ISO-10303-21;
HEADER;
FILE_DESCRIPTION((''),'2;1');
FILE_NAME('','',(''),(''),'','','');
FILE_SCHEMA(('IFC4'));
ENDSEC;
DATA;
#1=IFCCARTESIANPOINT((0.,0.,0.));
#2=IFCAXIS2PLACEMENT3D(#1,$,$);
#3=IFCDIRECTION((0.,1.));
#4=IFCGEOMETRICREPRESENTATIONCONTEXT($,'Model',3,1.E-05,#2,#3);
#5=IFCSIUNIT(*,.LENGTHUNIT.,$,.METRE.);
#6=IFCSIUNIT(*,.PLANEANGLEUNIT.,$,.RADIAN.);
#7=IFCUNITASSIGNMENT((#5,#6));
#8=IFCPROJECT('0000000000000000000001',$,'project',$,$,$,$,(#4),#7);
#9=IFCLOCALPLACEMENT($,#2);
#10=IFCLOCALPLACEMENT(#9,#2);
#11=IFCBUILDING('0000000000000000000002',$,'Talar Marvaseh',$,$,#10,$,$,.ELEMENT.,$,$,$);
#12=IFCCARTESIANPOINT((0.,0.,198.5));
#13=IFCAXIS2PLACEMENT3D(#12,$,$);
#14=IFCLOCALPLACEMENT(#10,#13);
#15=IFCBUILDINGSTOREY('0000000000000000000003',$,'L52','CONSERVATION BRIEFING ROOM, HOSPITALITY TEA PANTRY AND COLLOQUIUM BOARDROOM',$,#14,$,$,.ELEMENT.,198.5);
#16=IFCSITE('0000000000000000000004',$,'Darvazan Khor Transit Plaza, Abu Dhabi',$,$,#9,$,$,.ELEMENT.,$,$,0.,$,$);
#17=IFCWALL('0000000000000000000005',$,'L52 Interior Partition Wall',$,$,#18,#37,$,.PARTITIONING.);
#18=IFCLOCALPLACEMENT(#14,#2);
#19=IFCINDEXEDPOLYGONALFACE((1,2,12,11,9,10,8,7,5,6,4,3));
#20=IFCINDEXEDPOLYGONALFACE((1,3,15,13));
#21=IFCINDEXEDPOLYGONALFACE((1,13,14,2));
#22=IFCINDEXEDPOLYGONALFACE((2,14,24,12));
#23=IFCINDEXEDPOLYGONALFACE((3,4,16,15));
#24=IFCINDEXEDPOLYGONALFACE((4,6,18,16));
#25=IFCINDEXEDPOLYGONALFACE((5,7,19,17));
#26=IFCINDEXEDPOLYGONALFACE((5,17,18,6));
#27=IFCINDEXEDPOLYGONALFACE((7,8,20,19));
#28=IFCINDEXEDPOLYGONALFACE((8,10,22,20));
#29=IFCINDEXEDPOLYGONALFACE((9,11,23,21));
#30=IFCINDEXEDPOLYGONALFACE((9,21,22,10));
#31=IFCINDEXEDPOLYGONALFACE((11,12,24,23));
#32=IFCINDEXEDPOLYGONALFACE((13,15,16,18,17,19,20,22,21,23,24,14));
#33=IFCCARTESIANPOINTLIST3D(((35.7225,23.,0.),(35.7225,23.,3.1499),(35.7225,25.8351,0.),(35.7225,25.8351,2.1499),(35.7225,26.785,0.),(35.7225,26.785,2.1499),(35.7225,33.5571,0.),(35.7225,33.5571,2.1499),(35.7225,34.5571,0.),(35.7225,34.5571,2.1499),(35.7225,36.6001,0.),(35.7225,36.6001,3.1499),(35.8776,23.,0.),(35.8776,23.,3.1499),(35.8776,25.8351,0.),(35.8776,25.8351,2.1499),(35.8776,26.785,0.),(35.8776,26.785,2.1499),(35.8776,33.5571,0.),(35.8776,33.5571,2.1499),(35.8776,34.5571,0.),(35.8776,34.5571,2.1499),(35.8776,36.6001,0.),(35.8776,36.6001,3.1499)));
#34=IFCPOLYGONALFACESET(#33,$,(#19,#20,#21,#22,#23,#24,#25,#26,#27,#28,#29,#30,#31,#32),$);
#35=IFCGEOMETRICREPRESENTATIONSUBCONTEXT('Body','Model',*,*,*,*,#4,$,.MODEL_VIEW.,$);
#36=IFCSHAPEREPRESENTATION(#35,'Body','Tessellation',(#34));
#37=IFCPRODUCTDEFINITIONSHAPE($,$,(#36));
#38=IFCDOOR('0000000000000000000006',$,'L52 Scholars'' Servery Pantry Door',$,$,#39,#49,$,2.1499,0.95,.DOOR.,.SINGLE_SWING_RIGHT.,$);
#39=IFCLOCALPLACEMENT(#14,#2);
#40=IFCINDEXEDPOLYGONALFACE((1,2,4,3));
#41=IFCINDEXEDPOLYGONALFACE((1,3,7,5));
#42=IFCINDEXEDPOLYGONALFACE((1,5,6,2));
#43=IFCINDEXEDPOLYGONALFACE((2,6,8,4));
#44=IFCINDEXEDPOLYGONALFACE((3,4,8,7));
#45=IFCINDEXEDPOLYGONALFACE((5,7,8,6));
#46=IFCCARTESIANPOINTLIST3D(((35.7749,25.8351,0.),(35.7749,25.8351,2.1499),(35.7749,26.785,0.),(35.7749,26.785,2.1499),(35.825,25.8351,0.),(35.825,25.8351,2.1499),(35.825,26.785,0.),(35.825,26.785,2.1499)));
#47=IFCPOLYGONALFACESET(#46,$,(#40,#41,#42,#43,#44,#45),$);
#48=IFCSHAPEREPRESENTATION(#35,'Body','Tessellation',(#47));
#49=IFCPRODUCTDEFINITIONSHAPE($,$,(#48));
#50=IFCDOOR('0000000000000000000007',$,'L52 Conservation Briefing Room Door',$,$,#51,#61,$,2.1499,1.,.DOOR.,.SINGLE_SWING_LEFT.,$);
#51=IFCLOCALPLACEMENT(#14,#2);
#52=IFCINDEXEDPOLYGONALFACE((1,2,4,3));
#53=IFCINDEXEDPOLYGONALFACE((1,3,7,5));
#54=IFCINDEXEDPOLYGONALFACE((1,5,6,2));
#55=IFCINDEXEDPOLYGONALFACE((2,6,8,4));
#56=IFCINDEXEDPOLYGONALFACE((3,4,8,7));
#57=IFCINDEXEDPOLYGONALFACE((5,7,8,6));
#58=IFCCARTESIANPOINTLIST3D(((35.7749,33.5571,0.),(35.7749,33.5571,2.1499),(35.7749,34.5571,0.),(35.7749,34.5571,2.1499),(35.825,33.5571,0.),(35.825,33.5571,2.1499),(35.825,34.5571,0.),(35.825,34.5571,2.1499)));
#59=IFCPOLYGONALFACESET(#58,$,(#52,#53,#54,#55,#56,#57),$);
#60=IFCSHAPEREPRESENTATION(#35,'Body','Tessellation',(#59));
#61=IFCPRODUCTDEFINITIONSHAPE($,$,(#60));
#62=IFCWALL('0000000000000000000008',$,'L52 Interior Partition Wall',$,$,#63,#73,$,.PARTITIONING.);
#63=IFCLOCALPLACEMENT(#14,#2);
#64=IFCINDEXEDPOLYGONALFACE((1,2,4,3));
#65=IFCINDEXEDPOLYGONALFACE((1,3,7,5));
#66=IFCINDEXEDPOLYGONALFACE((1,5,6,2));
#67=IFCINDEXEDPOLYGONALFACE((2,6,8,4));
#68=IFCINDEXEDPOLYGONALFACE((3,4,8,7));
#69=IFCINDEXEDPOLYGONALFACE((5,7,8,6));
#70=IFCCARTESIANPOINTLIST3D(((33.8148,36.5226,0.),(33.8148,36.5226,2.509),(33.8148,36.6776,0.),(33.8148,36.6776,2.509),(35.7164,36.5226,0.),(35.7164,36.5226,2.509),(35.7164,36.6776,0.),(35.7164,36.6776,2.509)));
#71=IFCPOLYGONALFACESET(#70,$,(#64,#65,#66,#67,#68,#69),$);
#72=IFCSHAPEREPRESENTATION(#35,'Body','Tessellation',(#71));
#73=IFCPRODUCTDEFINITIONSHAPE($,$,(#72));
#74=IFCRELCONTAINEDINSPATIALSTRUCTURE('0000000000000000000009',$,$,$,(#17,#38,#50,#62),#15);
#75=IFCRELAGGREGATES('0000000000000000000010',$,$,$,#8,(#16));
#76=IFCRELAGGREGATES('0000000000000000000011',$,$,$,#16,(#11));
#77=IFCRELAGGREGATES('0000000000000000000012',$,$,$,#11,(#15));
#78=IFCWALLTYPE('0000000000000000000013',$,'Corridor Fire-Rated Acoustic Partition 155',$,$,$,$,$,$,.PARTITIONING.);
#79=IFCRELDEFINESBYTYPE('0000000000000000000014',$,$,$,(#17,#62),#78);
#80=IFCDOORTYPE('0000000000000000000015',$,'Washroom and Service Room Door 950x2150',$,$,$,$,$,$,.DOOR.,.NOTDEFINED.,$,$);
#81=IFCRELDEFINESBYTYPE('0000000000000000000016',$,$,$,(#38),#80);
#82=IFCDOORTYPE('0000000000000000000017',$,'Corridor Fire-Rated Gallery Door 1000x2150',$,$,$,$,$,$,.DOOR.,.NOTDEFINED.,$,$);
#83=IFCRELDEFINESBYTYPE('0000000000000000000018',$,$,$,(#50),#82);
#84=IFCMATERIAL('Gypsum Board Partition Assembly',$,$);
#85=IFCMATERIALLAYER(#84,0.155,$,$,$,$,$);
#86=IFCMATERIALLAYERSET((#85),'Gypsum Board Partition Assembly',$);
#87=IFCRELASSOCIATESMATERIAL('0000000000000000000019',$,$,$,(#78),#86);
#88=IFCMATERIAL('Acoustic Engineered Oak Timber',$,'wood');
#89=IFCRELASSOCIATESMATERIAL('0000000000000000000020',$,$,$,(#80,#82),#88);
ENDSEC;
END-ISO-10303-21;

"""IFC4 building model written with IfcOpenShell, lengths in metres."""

from ifc_helpers import new_model, si_unit, direction, frame, frame_2d, origin, place, context, subcontext, project, spatial, rectangle, extrude, source, transform, mapped, material, layer, layer_set, type_object, type_shapes, element, fill, save


model = new_model("IFC4")

# Units and contexts
model_context = context("Model", 3, precision=1e-05, world=origin(), true_north=direction((0.0, 1.0)))
body_context = subcontext(model_context, "Body", "Model", "MODEL_VIEW")
ifc_project = project(units=[si_unit("LENGTHUNIT", "METRE"), si_unit("PLANEANGLEUNIT", "RADIAN")], contexts=[model_context])

# Site, building, storey
site_placement = place(None, origin())
site = spatial("IfcSite", under=ifc_project, at=site_placement, Name="Darvazan Khor Transit Plaza, Abu Dhabi", CompositionType="ELEMENT", RefElevation=0.0)
building_placement = place(site_placement, origin())
building = spatial("IfcBuilding", under=site, at=building_placement, Name="Talar Marvaseh", CompositionType="ELEMENT")
storey_placement = place(building_placement, frame((0.0, 0.0, 198.5)))
storey = spatial("IfcBuildingStorey", under=building, at=storey_placement, Name="L52", Description="CONSERVATION BRIEFING ROOM, HOSPITALITY TEA PANTRY AND COLLOQUIUM BOARDROOM", CompositionType="ELEMENT", Elevation=198.5)

# Wall, openings, doors
ifc_material_1 = material(Name="Gypsum Board Partition Assembly")
ifc_layer_1 = layer(ifc_material_1, 0.155)
ifc_layer_set_1 = layer_set([ifc_layer_1], Name="Gypsum Board Partition Assembly")
wall_type_1 = type_object("IfcWallType", Name="Corridor Fire-Rated Acoustic Partition 155", PredefinedType="PARTITIONING", material=ifc_layer_set_1)
wall_1_placement = place(storey_placement, frame((35.8, 36.6001, 0.0), z_axis=(0.0, 0.0, 1.0), x_axis=(0.0, -1.0, 0.0)))
wall_1 = element("IfcWall", 1, at=wall_1_placement, inside=storey, type_object=wall_type_1, Name="L52 Interior Partition Wall", PredefinedType="PARTITIONING", context=body_context, shape_type="SweptSolid", body=[
    extrude(rectangle(XDim=13.6001, YDim=0.155, at=frame_2d((6.8, 0.0))), origin(), (0.0, 0.0, 1.0), 3.1499),
])
opening_1_placement = place(wall_1_placement, frame((9.8149, 0.0, 0.0)))
opening_1 = element("IfcOpeningElement", 2, at=opening_1_placement, cuts=wall_1, PredefinedType="OPENING", context=body_context, shape_type="SweptSolid", body=[
    extrude(rectangle(XDim=0.95, YDim=2.1499, at=frame_2d((0.4751, 1.075))), frame((0.0, 0.0874, 0.0), z_axis=(0.0, -1.0, 0.0), x_axis=(1.0, 0.0, 0.0)), (0.0, 0.0, 1.0), 0.175),
])
opening_2_placement = place(wall_1_placement, frame((2.043, 0.0, 0.0)))
opening_2 = element("IfcOpeningElement", 3, at=opening_2_placement, cuts=wall_1, PredefinedType="OPENING", context=body_context, shape_type="SweptSolid", body=[
    extrude(rectangle(XDim=1.0, YDim=2.1499, at=frame_2d((0.5, 1.075))), frame((0.0, 0.0874, 0.0), z_axis=(0.0, -1.0, 0.0), x_axis=(1.0, 0.0, 0.0)), (0.0, 0.0, 1.0), 0.175),
])
ifc_material_2 = material(Name="Acoustic Engineered Oak Timber", Category="wood")
door_type_1 = type_object("IfcDoorType", Name="Washroom and Service Room Door 950x2150", OperationType="NOTDEFINED", PredefinedType="DOOR", material=ifc_material_2)
shared_shape_1 = source(origin(), body_context, "Body", "SweptSolid", [
    extrude(rectangle(XDim=0.95, YDim=2.1499, at=frame_2d((0.4751, 1.075))), frame((0.0, 0.0249, 0.0), z_axis=(0.0, -1.0, 0.0), x_axis=(1.0, 0.0, 0.0)), (0.0, 0.0, 1.0), 0.05),
])
type_shapes(door_type_1, [shared_shape_1])
door_1_placement = place(opening_1_placement, origin())
door_1 = element("IfcDoor", 4, at=door_1_placement, inside=storey, type_object=door_type_1, Name="L52 Scholars' Servery Pantry Door", OperationType="SINGLE_SWING_RIGHT", OverallHeight=2.1499, OverallWidth=0.95, PredefinedType="DOOR", context=body_context, shape_type="MappedRepresentation", body=[
    mapped(shared_shape_1, transform((0.0, 0.0, 0.0), x_axis=(1.0, 0.0, 0.0), y_axis=(0.0, 1.0, 0.0), z_axis=(0.0, 0.0, 1.0), scale=1.0)),
])
fill(opening_1, door_1)
door_type_2 = type_object("IfcDoorType", Name="Corridor Fire-Rated Gallery Door 1000x2150", OperationType="NOTDEFINED", PredefinedType="DOOR", material=ifc_material_2)
shared_shape_2 = source(origin(), body_context, "Body", "SweptSolid", [
    extrude(rectangle(XDim=1.0, YDim=2.1499, at=frame_2d((0.5, 1.075))), frame((0.0, 0.0249, 0.0), z_axis=(0.0, -1.0, 0.0), x_axis=(1.0, 0.0, 0.0)), (0.0, 0.0, 1.0), 0.05),
])
type_shapes(door_type_2, [shared_shape_2])
door_2_placement = place(opening_2_placement, origin())
door_2 = element("IfcDoor", 5, at=door_2_placement, inside=storey, type_object=door_type_2, Name="L52 Conservation Briefing Room Door", OperationType="SINGLE_SWING_LEFT", OverallHeight=2.1499, OverallWidth=1.0, PredefinedType="DOOR", context=body_context, shape_type="MappedRepresentation", body=[
    mapped(shared_shape_2, transform((0.0, 0.0, 0.0), x_axis=(1.0, 0.0, 0.0), y_axis=(0.0, 1.0, 0.0), z_axis=(0.0, 0.0, 1.0), scale=1.0)),
])
fill(opening_2, door_2)

# Wall
wall_2_placement = place(storey_placement, frame((33.8149, 36.6001, 0.0), z_axis=(0.0, 0.0, 1.0), x_axis=(1.0, 0.0, 0.0)))
element("IfcWall", 6, at=wall_2_placement, inside=storey, type_object=wall_type_1, Name="L52 Interior Partition Wall", PredefinedType="PARTITIONING", context=body_context, shape_type="SweptSolid", body=[
    extrude(rectangle(XDim=1.9016, YDim=0.155, at=frame_2d((0.9507, 0.0))), origin(), (0.0, 0.0, 1.0), 2.509),
])

save(model, "model.ifc")
